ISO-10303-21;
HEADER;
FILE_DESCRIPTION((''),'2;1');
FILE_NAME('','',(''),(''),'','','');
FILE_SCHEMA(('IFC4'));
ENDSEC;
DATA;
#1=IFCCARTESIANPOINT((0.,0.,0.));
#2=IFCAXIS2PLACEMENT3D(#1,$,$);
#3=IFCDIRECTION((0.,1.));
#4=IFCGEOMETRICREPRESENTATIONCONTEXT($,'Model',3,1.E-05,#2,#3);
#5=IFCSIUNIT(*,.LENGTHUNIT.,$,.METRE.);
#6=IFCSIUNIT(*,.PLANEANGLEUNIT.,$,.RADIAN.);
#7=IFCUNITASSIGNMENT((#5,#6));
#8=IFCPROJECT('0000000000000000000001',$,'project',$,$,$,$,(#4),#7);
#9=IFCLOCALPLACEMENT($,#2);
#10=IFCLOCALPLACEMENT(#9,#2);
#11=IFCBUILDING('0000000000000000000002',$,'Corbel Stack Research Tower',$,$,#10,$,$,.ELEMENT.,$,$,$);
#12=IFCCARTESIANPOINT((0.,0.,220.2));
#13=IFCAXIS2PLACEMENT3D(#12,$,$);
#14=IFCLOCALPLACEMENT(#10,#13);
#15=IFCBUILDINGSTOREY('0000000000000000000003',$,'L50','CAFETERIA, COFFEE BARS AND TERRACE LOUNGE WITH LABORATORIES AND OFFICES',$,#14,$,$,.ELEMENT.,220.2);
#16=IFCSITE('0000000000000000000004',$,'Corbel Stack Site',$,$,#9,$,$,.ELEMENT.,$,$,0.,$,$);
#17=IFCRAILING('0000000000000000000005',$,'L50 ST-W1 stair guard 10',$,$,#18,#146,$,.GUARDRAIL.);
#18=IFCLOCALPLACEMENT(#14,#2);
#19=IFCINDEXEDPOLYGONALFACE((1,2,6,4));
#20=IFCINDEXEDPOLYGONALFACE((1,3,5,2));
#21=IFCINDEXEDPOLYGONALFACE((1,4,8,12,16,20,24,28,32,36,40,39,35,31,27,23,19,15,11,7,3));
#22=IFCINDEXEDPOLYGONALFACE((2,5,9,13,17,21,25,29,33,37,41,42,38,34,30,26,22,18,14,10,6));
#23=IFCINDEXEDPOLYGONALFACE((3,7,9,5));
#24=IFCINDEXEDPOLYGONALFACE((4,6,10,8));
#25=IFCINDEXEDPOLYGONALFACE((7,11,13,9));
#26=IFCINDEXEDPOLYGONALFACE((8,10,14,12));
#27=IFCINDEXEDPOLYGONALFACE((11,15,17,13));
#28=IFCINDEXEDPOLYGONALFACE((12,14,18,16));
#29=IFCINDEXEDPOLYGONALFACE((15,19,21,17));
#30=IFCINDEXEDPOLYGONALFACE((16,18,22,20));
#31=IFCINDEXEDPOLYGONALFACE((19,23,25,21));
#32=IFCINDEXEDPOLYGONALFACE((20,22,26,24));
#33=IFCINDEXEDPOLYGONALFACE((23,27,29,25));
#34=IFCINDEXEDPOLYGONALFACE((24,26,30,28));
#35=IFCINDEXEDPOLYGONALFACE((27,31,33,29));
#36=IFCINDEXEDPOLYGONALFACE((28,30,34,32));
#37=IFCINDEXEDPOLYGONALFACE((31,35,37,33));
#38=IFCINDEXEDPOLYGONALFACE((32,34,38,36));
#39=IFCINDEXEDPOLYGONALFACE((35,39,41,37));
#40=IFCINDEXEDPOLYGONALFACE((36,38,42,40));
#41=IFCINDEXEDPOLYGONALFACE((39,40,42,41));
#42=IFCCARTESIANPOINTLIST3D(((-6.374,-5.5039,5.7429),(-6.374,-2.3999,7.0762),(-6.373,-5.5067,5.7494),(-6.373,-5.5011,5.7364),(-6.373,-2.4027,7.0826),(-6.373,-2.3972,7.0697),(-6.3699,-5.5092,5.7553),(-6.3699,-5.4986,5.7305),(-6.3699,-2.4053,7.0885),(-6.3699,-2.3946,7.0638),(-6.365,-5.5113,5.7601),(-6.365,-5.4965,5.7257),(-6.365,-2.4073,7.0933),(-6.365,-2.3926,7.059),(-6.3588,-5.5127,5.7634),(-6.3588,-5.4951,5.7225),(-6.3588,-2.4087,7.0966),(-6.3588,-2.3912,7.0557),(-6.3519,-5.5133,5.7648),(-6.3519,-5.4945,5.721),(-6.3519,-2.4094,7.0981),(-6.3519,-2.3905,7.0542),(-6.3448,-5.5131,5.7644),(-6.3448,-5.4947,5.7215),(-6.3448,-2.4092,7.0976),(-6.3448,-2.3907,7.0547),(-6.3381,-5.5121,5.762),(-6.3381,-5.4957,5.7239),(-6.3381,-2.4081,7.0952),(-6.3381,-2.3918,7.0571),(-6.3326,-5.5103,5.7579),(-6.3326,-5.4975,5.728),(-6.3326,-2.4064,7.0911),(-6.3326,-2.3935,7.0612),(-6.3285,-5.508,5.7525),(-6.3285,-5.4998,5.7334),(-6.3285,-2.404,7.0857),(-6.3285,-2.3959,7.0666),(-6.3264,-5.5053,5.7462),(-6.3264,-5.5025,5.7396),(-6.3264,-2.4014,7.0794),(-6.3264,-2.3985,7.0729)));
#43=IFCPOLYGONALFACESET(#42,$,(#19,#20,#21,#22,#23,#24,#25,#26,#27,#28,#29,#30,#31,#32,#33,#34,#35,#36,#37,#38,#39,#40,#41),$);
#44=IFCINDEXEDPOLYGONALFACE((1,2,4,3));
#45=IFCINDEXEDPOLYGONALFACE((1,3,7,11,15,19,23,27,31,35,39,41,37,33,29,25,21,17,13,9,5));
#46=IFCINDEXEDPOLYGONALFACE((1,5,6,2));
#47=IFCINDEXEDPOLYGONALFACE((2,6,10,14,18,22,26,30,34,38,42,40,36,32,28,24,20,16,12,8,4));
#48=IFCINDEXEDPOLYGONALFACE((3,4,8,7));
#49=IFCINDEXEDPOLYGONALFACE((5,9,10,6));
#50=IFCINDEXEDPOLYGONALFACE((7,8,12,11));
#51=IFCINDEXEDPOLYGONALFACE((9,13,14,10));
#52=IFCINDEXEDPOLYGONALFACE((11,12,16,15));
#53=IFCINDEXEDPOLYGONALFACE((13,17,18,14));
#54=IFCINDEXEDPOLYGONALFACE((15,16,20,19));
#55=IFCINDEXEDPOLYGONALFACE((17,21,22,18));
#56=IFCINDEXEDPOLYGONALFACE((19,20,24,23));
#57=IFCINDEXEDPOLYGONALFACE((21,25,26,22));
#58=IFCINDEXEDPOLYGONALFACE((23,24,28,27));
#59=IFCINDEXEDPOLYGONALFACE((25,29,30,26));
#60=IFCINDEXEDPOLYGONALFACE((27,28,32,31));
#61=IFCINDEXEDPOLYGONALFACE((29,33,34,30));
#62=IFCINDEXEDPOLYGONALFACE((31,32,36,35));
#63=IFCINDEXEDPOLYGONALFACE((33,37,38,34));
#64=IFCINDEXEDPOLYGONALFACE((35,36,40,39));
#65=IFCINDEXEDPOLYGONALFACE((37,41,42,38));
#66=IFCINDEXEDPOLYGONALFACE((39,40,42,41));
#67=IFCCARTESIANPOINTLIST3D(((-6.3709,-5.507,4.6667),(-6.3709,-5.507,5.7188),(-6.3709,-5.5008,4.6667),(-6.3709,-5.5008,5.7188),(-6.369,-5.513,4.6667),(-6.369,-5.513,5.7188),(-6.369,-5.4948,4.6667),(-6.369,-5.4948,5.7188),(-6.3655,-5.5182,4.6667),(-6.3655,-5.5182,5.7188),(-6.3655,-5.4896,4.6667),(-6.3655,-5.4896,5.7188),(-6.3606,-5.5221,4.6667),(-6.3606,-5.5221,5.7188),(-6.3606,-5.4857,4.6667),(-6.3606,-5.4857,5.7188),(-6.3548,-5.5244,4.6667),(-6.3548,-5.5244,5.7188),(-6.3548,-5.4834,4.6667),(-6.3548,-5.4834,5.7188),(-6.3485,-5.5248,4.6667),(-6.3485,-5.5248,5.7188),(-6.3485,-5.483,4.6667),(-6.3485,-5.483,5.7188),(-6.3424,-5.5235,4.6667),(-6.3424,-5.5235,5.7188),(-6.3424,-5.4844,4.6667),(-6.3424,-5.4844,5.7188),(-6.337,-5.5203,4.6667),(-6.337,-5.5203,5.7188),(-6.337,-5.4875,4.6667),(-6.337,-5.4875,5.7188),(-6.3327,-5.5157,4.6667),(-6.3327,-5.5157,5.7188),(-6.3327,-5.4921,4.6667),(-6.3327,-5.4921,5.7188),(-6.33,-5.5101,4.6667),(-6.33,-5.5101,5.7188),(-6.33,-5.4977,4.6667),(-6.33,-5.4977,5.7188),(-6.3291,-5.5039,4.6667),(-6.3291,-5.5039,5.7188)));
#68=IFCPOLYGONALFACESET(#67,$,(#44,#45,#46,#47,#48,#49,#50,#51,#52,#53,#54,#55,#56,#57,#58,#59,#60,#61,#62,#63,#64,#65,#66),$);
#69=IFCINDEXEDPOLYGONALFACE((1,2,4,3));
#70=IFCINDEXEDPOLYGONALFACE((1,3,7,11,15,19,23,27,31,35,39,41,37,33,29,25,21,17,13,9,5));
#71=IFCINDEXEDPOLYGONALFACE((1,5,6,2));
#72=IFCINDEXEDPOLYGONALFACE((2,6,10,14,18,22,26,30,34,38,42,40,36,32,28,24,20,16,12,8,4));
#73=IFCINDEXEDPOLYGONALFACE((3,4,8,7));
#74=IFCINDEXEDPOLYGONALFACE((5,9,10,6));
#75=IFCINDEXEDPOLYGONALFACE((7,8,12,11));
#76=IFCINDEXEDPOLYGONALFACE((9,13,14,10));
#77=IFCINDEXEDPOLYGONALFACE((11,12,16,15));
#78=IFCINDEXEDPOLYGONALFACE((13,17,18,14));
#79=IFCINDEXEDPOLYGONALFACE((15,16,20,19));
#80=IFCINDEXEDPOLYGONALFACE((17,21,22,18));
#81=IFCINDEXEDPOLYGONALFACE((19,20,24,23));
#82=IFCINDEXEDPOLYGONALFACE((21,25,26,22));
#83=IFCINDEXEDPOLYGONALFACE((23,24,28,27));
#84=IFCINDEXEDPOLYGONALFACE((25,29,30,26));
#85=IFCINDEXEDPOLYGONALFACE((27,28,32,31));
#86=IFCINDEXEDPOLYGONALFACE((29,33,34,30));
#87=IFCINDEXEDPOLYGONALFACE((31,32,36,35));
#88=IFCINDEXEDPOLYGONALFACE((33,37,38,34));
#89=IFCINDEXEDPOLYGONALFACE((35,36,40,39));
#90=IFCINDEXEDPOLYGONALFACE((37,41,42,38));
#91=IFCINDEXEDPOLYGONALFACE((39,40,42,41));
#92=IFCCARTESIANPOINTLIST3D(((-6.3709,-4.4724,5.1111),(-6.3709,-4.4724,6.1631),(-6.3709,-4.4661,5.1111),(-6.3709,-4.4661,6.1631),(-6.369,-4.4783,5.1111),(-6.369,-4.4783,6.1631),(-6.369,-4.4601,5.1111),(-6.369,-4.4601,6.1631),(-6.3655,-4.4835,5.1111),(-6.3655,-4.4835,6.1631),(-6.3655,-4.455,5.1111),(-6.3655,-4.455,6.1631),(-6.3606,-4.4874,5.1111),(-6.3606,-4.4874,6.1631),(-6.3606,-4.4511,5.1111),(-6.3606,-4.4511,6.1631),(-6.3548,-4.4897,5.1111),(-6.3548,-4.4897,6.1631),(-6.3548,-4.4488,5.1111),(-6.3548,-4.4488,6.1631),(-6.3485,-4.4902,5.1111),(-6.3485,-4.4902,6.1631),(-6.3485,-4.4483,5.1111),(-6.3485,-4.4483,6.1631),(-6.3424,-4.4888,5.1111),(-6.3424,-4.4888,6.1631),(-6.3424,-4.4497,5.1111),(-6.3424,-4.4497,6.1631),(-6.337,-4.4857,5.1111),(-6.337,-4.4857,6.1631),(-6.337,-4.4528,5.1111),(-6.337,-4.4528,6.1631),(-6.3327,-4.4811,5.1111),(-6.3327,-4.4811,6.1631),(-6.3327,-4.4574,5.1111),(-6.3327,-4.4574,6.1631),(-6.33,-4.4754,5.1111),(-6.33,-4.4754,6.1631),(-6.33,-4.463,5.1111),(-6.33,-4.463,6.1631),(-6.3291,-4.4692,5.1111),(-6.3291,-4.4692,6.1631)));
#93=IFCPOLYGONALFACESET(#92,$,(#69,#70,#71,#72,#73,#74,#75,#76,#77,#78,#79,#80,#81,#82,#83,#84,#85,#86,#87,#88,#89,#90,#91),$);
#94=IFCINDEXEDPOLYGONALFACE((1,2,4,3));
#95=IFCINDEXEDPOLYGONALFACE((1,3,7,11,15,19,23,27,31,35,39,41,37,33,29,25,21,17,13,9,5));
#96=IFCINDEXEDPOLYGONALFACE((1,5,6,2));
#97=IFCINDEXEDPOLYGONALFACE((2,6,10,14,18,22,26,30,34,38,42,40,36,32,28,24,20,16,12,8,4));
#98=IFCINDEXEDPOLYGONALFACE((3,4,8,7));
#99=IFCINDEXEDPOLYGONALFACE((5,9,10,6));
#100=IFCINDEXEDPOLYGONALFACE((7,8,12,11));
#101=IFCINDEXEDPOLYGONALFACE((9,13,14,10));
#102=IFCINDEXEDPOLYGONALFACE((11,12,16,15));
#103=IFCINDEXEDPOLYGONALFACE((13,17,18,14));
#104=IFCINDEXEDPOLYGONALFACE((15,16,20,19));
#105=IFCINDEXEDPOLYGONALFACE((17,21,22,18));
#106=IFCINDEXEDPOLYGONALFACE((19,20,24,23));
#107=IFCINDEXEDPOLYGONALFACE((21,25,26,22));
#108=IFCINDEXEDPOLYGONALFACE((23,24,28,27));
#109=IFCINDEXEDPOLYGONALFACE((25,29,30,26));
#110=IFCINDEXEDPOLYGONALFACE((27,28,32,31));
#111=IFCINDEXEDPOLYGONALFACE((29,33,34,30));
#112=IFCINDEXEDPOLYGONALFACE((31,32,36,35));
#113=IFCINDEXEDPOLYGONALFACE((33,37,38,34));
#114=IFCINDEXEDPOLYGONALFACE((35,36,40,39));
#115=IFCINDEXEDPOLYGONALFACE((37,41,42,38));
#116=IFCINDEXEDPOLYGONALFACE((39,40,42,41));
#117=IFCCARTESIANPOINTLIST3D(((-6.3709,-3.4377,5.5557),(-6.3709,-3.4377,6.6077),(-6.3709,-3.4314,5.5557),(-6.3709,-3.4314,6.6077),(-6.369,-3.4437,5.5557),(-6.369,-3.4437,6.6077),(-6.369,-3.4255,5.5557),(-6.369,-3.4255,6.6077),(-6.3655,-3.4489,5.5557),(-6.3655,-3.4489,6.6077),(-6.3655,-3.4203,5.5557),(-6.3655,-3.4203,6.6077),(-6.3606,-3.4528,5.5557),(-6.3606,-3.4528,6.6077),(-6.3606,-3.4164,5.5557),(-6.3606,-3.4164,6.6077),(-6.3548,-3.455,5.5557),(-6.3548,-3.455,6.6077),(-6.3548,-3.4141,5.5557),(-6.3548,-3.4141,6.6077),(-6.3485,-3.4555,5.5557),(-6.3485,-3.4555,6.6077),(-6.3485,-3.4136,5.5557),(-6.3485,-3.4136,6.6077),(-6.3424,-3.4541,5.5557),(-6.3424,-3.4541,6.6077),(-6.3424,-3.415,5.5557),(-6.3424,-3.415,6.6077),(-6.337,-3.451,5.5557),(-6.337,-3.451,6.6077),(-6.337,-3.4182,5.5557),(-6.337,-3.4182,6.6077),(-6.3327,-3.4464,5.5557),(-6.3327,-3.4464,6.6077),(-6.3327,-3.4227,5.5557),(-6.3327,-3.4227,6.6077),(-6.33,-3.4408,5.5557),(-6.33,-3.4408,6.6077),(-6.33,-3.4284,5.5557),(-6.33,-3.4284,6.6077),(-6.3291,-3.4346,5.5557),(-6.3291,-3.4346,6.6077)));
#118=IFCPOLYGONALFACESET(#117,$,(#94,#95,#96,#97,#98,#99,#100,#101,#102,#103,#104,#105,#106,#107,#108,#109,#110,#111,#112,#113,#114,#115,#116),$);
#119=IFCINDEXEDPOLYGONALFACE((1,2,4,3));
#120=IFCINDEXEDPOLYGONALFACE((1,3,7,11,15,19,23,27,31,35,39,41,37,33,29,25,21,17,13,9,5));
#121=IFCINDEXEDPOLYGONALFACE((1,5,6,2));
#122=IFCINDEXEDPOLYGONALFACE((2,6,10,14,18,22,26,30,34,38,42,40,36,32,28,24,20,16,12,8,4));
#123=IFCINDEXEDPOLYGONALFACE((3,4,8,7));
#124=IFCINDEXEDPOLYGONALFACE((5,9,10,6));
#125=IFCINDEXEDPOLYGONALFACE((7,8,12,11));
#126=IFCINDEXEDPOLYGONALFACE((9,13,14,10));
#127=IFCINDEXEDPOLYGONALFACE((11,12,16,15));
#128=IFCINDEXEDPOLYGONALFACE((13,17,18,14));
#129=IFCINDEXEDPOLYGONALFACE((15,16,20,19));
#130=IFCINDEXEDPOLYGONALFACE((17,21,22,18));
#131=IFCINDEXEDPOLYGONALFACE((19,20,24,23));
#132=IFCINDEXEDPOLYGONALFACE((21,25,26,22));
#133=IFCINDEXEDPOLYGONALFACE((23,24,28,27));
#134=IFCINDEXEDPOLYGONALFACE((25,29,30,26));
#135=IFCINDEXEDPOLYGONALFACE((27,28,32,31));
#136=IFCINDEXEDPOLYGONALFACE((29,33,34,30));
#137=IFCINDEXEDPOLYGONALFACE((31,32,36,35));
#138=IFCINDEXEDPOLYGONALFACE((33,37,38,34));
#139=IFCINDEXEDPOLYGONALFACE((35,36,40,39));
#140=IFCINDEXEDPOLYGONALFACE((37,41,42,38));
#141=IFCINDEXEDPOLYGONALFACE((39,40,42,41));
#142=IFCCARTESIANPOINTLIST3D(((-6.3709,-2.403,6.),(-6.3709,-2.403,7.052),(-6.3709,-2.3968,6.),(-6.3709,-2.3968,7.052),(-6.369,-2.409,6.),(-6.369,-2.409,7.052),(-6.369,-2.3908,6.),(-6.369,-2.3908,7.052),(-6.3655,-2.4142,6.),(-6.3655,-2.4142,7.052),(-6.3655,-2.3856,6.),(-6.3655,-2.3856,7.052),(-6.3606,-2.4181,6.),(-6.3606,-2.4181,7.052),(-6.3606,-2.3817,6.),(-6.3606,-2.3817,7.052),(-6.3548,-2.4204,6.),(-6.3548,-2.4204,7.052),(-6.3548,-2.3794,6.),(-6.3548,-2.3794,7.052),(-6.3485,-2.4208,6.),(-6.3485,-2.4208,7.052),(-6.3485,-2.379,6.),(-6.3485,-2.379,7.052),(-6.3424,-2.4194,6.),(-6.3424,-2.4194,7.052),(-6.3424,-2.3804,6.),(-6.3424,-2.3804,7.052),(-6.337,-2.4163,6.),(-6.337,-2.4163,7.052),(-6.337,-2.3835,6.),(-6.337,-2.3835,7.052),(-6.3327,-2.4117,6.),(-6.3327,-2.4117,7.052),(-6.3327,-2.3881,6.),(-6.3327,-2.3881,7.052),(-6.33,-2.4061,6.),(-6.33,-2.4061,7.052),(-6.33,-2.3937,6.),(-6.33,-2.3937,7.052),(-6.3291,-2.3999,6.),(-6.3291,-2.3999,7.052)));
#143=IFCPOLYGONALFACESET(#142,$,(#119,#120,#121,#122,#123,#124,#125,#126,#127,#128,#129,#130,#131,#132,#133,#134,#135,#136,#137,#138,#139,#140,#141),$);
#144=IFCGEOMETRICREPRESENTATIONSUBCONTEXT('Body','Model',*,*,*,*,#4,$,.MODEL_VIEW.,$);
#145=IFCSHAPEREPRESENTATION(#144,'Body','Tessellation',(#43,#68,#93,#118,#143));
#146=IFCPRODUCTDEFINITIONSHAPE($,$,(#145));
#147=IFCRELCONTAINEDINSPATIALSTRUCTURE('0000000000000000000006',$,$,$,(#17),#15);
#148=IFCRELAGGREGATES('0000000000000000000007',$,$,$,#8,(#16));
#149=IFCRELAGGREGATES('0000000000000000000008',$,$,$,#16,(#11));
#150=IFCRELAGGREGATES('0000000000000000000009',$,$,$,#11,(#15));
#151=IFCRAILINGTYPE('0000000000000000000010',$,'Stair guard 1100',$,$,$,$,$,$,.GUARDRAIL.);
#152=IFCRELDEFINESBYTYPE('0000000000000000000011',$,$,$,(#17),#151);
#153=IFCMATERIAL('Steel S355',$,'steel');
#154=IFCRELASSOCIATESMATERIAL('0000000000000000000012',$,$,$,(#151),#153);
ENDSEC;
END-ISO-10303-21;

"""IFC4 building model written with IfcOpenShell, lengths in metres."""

from ifc_helpers import new_model, si_unit, direction, frame, origin, origin_2d, place, context, subcontext, project, spatial, circle, extrude, material, type_object, element, save


model = new_model("IFC4")

# Units and contexts
model_context = context("Model", 3, precision=1e-05, world=origin(), true_north=direction((0.0, 1.0)))
body_context = subcontext(model_context, "Body", "Model", "MODEL_VIEW")
ifc_project = project(units=[si_unit("LENGTHUNIT", "METRE"), si_unit("PLANEANGLEUNIT", "RADIAN")], contexts=[model_context])

# Site, building, storey
site_placement = place(None, origin())
site = spatial("IfcSite", under=ifc_project, at=site_placement, Name="Corbel Stack Site", CompositionType="ELEMENT", RefElevation=0.0)
building_placement = place(site_placement, origin())
building = spatial("IfcBuilding", under=site, at=building_placement, Name="Corbel Stack Research Tower", CompositionType="ELEMENT")
storey_placement = place(building_placement, frame((0.0, 0.0, 220.2)))
storey = spatial("IfcBuildingStorey", under=building, at=storey_placement, Name="L50", Description="CAFETERIA, COFFEE BARS AND TERRACE LOUNGE WITH LABORATORIES AND OFFICES", CompositionType="ELEMENT", Elevation=220.2)

# Railing
ifc_material_1 = material(Name="Steel S355", Category="steel")
railing_type_1 = type_object("IfcRailingType", Name="Stair guard 1100", PredefinedType="GUARDRAIL", material=ifc_material_1)
railing_1_placement = place(storey_placement, frame((-6.3501, -5.5039, 4.6667)))
element("IfcRailing", 1, at=railing_1_placement, inside=storey, type_object=railing_type_1, Name="L50 ST-W1 stair guard 10", PredefinedType="GUARDRAIL", context=body_context, shape_type="SweptSolid", body=[
    extrude(circle(Radius=0.0239, at=origin_2d()), frame((0.0, 0.0, 1.0762), z_axis=(0.0, 0.918827, 0.394661), x_axis=(-1.0, 0.0, 0.0)), (0.0, 0.0, 1.0), 3.3782),
    extrude(circle(Radius=0.021, at=origin_2d()), origin(), (0.0, 0.0, 1.0), 1.052),
    extrude(circle(Radius=0.021, at=origin_2d()), frame((0.0, 1.0347, 0.4443)), (0.0, 0.0, 1.0), 1.052),
    extrude(circle(Radius=0.021, at=origin_2d()), frame((0.0, 2.0693, 0.8889)), (0.0, 0.0, 1.0), 1.052),
    extrude(circle(Radius=0.021, at=origin_2d()), frame((0.0, 3.104, 1.3333)), (0.0, 0.0, 1.0), 1.052),
])

save(model, "model.ifc")
